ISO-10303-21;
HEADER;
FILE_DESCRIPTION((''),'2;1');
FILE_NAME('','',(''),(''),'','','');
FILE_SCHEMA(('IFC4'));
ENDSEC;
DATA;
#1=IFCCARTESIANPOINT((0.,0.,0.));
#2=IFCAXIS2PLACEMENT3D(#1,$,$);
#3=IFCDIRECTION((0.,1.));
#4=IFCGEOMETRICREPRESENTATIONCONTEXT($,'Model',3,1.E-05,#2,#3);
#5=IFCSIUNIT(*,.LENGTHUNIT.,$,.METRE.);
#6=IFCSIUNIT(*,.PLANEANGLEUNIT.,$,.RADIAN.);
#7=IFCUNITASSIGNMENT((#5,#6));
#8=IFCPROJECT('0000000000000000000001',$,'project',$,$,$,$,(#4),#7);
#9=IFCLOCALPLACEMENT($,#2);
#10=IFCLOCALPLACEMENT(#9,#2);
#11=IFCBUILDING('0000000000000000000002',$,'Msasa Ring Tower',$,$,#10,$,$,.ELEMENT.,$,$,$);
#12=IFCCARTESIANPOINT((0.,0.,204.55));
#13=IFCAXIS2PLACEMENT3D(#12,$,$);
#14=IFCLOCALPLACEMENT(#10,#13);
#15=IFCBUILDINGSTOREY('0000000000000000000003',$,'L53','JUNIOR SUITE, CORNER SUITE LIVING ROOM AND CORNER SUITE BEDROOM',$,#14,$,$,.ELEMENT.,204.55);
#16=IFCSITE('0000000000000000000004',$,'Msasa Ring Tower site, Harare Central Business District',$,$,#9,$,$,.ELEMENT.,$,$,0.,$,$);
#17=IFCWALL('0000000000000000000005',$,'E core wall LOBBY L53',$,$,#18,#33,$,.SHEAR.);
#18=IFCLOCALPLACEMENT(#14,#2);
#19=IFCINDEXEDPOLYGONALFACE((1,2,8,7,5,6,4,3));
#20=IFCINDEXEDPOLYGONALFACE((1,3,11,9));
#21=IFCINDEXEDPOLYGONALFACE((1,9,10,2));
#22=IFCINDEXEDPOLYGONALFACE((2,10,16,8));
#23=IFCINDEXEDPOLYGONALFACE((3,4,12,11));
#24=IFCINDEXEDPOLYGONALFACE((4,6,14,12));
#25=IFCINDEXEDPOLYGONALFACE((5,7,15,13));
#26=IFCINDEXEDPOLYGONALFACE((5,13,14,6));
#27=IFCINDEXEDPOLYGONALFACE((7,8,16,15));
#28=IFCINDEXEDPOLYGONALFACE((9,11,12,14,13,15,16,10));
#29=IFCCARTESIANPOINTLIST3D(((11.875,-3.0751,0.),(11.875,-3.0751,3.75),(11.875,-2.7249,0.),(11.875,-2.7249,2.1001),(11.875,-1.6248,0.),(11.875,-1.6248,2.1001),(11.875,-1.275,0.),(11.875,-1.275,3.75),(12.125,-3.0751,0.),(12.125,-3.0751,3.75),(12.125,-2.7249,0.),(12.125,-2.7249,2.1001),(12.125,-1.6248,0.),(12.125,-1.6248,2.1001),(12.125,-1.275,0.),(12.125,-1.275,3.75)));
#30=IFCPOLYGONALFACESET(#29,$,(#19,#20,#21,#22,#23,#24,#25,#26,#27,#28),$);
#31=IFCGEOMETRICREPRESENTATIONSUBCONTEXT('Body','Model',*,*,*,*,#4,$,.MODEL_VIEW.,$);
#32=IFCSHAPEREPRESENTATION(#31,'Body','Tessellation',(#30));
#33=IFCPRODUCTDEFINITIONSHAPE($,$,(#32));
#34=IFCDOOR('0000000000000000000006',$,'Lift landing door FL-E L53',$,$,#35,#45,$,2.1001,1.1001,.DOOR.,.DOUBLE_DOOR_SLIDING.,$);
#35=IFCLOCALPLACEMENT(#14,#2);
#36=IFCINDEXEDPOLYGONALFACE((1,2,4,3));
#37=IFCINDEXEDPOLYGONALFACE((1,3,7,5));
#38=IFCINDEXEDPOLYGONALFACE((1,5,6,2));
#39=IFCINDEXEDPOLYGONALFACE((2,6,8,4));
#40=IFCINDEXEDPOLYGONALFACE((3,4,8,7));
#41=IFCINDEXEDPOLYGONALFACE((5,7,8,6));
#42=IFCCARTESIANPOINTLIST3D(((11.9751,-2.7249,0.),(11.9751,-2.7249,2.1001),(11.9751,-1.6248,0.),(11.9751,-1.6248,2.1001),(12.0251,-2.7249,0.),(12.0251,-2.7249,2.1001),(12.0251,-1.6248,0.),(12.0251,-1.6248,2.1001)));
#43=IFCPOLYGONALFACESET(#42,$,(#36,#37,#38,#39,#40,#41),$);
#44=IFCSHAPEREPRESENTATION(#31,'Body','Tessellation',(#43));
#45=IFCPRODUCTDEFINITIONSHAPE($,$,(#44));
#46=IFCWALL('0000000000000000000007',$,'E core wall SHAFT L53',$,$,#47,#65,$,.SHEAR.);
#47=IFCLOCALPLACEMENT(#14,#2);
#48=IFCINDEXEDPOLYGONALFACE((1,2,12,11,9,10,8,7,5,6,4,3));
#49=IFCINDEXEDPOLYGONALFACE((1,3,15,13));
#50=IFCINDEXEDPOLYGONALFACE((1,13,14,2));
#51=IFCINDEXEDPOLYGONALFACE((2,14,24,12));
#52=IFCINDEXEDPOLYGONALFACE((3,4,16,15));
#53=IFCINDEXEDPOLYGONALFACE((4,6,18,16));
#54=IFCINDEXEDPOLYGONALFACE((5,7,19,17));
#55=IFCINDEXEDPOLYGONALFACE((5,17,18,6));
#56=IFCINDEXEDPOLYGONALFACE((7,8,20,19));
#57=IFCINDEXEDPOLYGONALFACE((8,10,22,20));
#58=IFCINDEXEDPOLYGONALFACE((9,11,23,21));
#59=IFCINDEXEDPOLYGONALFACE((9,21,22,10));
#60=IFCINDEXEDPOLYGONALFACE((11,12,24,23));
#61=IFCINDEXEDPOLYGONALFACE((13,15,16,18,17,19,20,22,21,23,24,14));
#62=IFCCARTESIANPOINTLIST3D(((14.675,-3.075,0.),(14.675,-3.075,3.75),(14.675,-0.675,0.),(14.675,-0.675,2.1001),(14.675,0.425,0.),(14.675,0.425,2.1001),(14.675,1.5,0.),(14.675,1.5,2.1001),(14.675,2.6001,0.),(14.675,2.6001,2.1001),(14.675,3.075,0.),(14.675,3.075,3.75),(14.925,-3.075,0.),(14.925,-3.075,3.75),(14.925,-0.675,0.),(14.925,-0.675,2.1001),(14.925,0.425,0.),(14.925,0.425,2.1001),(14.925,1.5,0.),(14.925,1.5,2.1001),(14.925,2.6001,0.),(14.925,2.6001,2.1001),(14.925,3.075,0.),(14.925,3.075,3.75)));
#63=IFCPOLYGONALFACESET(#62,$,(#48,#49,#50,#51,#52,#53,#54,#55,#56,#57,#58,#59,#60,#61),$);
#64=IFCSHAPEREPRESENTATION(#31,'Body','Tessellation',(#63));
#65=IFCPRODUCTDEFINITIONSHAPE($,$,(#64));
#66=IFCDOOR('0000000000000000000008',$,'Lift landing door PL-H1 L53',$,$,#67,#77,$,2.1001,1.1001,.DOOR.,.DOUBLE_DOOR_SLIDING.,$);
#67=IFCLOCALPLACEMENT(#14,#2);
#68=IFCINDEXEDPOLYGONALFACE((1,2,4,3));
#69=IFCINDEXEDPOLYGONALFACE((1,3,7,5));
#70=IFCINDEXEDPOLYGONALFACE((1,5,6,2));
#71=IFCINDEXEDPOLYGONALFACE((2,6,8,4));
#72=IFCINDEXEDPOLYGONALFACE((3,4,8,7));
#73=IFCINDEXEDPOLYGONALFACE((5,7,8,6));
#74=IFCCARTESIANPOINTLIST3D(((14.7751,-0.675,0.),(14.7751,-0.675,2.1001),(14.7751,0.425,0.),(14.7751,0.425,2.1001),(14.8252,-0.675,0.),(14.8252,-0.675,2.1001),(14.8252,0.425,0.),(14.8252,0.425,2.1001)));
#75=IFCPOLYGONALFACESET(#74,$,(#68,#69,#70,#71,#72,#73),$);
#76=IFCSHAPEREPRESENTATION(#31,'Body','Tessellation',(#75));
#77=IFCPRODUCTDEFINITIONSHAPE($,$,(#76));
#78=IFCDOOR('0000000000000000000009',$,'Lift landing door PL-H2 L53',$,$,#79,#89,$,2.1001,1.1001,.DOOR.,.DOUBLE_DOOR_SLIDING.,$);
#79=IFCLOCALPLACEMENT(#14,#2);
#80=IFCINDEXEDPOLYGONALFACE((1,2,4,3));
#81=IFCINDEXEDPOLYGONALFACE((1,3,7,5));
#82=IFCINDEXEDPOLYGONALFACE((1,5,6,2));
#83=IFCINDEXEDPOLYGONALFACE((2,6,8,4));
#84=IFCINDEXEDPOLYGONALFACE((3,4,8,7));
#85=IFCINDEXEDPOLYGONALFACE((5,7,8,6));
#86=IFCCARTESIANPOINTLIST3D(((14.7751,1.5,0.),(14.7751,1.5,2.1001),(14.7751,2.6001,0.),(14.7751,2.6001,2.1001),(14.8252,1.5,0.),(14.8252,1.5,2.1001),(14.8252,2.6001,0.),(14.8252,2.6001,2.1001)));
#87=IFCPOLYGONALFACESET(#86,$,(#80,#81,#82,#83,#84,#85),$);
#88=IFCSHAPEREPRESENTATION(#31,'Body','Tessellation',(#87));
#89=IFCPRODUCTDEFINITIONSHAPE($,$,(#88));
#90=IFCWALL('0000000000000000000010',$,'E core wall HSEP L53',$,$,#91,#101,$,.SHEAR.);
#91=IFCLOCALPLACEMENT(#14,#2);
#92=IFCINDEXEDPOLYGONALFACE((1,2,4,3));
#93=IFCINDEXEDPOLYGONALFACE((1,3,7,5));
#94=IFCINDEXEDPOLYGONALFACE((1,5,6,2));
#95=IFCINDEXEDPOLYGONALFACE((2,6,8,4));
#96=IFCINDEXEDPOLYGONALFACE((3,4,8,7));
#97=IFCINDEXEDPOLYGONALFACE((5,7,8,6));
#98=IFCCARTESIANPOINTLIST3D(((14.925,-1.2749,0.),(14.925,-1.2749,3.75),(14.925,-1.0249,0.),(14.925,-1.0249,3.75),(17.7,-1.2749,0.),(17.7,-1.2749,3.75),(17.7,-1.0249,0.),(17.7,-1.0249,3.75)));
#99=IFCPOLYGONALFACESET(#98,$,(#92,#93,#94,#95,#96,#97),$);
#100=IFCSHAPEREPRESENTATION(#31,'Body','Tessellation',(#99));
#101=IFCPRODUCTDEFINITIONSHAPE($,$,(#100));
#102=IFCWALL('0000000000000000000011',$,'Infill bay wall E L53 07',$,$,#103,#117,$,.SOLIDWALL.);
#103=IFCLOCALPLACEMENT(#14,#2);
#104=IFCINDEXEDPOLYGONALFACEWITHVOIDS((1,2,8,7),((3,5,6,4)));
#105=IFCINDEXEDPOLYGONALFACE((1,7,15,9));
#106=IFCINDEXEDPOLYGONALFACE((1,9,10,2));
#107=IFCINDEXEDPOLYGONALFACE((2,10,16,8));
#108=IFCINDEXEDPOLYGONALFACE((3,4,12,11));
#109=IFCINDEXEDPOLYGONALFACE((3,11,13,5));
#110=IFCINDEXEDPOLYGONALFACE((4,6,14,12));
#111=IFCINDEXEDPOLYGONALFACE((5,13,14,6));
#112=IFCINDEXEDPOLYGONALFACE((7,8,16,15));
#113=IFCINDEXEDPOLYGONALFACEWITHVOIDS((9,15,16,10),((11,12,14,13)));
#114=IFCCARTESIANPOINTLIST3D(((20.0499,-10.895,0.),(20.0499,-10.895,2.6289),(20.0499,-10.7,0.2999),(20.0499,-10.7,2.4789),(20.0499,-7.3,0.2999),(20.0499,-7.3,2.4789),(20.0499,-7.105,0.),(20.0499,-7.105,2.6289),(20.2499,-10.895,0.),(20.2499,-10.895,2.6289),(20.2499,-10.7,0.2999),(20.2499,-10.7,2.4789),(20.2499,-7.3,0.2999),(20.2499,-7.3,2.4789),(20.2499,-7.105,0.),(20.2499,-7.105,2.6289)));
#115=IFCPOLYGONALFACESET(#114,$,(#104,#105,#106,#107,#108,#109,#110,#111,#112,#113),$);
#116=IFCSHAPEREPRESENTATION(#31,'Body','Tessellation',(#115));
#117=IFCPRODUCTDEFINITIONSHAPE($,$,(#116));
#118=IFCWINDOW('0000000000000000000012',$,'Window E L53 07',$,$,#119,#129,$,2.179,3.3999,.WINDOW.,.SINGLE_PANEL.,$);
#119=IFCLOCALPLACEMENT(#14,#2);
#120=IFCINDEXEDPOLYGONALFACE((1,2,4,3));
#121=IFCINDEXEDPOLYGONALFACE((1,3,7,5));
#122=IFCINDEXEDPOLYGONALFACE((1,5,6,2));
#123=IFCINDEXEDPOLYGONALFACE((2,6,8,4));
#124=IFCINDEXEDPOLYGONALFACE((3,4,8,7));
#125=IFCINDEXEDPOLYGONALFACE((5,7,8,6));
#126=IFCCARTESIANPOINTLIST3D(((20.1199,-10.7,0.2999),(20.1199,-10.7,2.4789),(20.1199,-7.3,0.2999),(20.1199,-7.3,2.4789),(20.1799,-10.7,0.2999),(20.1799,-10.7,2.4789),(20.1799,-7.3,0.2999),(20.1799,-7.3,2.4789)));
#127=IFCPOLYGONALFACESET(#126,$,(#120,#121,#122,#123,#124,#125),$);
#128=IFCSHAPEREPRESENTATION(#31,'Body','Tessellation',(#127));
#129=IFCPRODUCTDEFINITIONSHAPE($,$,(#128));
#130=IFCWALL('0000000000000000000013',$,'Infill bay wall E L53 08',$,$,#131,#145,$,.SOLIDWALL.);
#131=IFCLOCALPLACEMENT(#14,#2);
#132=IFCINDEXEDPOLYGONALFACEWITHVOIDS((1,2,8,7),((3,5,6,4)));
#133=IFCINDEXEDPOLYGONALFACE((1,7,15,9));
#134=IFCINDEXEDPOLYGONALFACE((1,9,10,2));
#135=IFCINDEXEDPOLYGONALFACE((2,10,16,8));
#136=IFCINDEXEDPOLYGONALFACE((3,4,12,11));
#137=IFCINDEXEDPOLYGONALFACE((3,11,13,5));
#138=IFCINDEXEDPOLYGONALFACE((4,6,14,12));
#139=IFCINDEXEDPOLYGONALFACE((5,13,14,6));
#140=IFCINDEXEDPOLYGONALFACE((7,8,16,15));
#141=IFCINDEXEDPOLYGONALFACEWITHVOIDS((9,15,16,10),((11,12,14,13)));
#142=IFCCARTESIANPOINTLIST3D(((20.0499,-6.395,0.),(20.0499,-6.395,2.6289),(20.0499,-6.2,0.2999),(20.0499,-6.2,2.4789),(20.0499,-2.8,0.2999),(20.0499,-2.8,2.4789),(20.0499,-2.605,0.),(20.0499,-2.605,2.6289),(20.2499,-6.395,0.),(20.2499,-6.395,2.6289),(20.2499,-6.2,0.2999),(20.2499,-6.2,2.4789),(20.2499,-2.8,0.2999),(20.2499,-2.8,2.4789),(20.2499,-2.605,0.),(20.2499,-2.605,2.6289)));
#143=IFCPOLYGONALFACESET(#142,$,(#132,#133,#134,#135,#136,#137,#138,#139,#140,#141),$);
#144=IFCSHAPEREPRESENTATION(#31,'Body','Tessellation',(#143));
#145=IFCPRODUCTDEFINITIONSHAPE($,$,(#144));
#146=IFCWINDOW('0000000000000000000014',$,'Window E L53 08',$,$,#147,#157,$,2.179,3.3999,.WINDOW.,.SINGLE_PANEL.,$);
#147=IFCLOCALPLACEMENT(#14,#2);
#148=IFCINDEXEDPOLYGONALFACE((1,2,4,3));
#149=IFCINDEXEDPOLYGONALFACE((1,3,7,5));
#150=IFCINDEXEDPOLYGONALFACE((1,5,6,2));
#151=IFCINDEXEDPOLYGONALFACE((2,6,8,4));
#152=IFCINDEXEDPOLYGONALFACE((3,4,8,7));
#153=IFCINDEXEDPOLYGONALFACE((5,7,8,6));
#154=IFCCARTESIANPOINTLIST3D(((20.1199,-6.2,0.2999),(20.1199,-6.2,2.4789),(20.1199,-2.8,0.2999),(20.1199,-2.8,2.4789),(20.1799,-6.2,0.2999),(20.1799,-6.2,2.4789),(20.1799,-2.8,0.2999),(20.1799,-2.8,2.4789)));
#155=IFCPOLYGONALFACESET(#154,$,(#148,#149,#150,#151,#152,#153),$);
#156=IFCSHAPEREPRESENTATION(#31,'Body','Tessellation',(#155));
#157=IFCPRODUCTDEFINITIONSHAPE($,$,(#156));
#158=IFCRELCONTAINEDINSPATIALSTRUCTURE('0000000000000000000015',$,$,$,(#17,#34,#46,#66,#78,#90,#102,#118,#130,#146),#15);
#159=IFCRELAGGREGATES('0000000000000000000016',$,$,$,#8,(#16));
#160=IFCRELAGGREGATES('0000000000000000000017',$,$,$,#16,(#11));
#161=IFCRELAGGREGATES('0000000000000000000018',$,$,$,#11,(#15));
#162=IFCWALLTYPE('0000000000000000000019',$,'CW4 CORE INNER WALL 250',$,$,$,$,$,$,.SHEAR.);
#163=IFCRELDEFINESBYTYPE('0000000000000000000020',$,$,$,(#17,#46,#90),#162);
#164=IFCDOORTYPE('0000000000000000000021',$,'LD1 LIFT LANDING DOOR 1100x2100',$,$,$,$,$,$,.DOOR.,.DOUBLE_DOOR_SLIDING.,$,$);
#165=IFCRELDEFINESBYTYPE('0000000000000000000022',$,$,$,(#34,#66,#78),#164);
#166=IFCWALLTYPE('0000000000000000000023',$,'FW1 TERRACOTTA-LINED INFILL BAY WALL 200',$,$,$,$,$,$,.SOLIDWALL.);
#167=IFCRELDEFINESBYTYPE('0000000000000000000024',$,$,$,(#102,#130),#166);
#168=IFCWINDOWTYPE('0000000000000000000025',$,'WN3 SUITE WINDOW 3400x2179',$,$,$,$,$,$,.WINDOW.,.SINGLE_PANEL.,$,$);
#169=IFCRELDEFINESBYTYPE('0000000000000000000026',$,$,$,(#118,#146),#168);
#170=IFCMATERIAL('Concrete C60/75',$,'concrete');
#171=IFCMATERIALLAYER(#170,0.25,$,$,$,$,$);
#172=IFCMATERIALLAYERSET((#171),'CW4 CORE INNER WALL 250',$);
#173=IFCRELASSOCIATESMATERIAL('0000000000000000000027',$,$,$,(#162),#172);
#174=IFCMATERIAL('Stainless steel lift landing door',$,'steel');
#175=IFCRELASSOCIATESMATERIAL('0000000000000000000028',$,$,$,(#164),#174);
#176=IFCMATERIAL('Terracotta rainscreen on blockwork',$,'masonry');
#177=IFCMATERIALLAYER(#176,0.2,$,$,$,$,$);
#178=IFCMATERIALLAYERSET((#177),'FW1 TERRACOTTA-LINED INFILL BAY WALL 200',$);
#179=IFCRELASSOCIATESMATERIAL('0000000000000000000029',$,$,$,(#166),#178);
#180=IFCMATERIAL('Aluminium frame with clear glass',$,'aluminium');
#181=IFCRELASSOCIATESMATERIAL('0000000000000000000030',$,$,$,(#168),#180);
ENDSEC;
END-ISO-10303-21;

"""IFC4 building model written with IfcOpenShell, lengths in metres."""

from ifc_helpers import new_model, si_unit, direction, frame, frame_2d, origin, place, context, subcontext, project, spatial, rectangle, extrude, material, layer, layer_set, type_object, element, fill, save


model = new_model("IFC4")

# Units and contexts
model_context = context("Model", 3, precision=1e-05, world=origin(), true_north=direction((0.0, 1.0)))
body_context = subcontext(model_context, "Body", "Model", "MODEL_VIEW")
ifc_project = project(units=[si_unit("LENGTHUNIT", "METRE"), si_unit("PLANEANGLEUNIT", "RADIAN")], contexts=[model_context])

# Site, building, storey
site_placement = place(None, origin())
site = spatial("IfcSite", under=ifc_project, at=site_placement, Name="Msasa Ring Tower site, Harare Central Business District", CompositionType="ELEMENT", RefElevation=0.0)
building_placement = place(site_placement, origin())
building = spatial("IfcBuilding", under=site, at=building_placement, Name="Msasa Ring Tower", CompositionType="ELEMENT")
storey_placement = place(building_placement, frame((0.0, 0.0, 204.55)))
storey = spatial("IfcBuildingStorey", under=building, at=storey_placement, Name="L53", Description="JUNIOR SUITE, CORNER SUITE LIVING ROOM AND CORNER SUITE BEDROOM", CompositionType="ELEMENT", Elevation=204.55)

# Shared definitions
ifc_material_1 = material(Name="Concrete C60/75", Category="concrete")
ifc_layer_1 = layer(ifc_material_1, 0.25)
ifc_layer_set_1 = layer_set([ifc_layer_1], Name="CW4 CORE INNER WALL 250")
wall_type_1 = type_object("IfcWallType", Name="CW4 CORE INNER WALL 250", PredefinedType="SHEAR", material=ifc_layer_set_1)

# Wall, opening, door
wall_1_placement = place(storey_placement, frame((12.0, -3.075, 0.0), z_axis=(0.0, 0.0, 1.0), x_axis=(0.0, 1.0, 0.0)))
wall_1 = element("IfcWall", 1, at=wall_1_placement, inside=storey, type_object=wall_type_1, Name="E core wall LOBBY L53", PredefinedType="SHEAR", context=body_context, shape_type="SweptSolid", body=[
    extrude(rectangle(XDim=1.8, YDim=0.25, at=frame_2d((0.8999, 0.0))), origin(), (0.0, 0.0, 1.0), 3.75),
])
opening_1_placement = place(wall_1_placement, frame((0.3501, 0.0, 0.0)))
opening_1 = element("IfcOpeningElement", 2, at=opening_1_placement, cuts=wall_1, PredefinedType="OPENING", context=body_context, shape_type="SweptSolid", body=[
    extrude(rectangle(XDim=1.1001, YDim=2.1001, at=frame_2d((0.55, 1.05))), frame((0.0, 0.135, 0.0), z_axis=(0.0, -1.0, 0.0), x_axis=(1.0, 0.0, 0.0)), (0.0, 0.0, 1.0), 0.27),
])
ifc_material_2 = material(Name="Stainless steel lift landing door", Category="steel")
door_type_1 = type_object("IfcDoorType", Name="LD1 LIFT LANDING DOOR 1100x2100", OperationType="DOUBLE_DOOR_SLIDING", PredefinedType="DOOR", material=ifc_material_2)
door_1_placement = place(opening_1_placement, origin())
door_1 = element("IfcDoor", 3, at=door_1_placement, inside=storey, type_object=door_type_1, Name="Lift landing door FL-E L53", OperationType="DOUBLE_DOOR_SLIDING", OverallHeight=2.1001, OverallWidth=1.1001, PredefinedType="DOOR", context=body_context, shape_type="SweptSolid", body=[
    extrude(rectangle(XDim=1.1001, YDim=2.1001, at=frame_2d((0.55, 1.05))), frame((0.0, 0.0249, 0.0), z_axis=(0.0, -1.0, 0.0), x_axis=(1.0, 0.0, 0.0)), (0.0, 0.0, 1.0), 0.05),
])
fill(opening_1, door_1)

# Wall, openings, doors
wall_2_placement = place(storey_placement, frame((14.8, -3.075, 0.0), z_axis=(0.0, 0.0, 1.0), x_axis=(0.0, 1.0, 0.0)))
wall_2 = element("IfcWall", 4, at=wall_2_placement, inside=storey, type_object=wall_type_1, Name="E core wall SHAFT L53", PredefinedType="SHEAR", context=body_context, shape_type="SweptSolid", body=[
    extrude(rectangle(XDim=6.1499, YDim=0.25, at=frame_2d((3.075, 0.0))), origin(), (0.0, 0.0, 1.0), 3.75),
])
opening_2_placement = place(wall_2_placement, frame((2.3999, 0.0, 0.0)))
opening_2 = element("IfcOpeningElement", 5, at=opening_2_placement, cuts=wall_2, PredefinedType="OPENING", context=body_context, shape_type="SweptSolid", body=[
    extrude(rectangle(XDim=1.1001, YDim=2.1001, at=frame_2d((0.55, 1.05))), frame((0.0, 0.135, 0.0), z_axis=(0.0, -1.0, 0.0), x_axis=(1.0, 0.0, 0.0)), (0.0, 0.0, 1.0), 0.27),
])
opening_3_placement = place(wall_2_placement, frame((4.575, 0.0, 0.0)))
opening_3 = element("IfcOpeningElement", 6, at=opening_3_placement, cuts=wall_2, PredefinedType="OPENING", context=body_context, shape_type="SweptSolid", body=[
    extrude(rectangle(XDim=1.1001, YDim=2.1001, at=frame_2d((0.55, 1.05))), frame((0.0, 0.135, 0.0), z_axis=(0.0, -1.0, 0.0), x_axis=(1.0, 0.0, 0.0)), (0.0, 0.0, 1.0), 0.27),
])
door_2_placement = place(opening_2_placement, origin())
door_2 = element("IfcDoor", 7, at=door_2_placement, inside=storey, type_object=door_type_1, Name="Lift landing door PL-H1 L53", OperationType="DOUBLE_DOOR_SLIDING", OverallHeight=2.1001, OverallWidth=1.1001, PredefinedType="DOOR", context=body_context, shape_type="SweptSolid", body=[
    extrude(rectangle(XDim=1.1001, YDim=2.1001, at=frame_2d((0.55, 1.05))), frame((0.0, 0.0249, 0.0), z_axis=(0.0, -1.0, 0.0), x_axis=(1.0, 0.0, 0.0)), (0.0, 0.0, 1.0), 0.05),
])
fill(opening_2, door_2)
door_3_placement = place(opening_3_placement, origin())
door_3 = element("IfcDoor", 8, at=door_3_placement, inside=storey, type_object=door_type_1, Name="Lift landing door PL-H2 L53", OperationType="DOUBLE_DOOR_SLIDING", OverallHeight=2.1001, OverallWidth=1.1001, PredefinedType="DOOR", context=body_context, shape_type="SweptSolid", body=[
    extrude(rectangle(XDim=1.1001, YDim=2.1001, at=frame_2d((0.55, 1.05))), frame((0.0, 0.0249, 0.0), z_axis=(0.0, -1.0, 0.0), x_axis=(1.0, 0.0, 0.0)), (0.0, 0.0, 1.0), 0.05),
])
fill(opening_3, door_3)

# Wall
wall_3_placement = place(storey_placement, frame((14.925, -1.1499, 0.0), z_axis=(0.0, 0.0, 1.0), x_axis=(1.0, 0.0, 0.0)))
element("IfcWall", 9, at=wall_3_placement, inside=storey, type_object=wall_type_1, Name="E core wall HSEP L53", PredefinedType="SHEAR", context=body_context, shape_type="SweptSolid", body=[
    extrude(rectangle(XDim=2.7749, YDim=0.25, at=frame_2d((1.3875, 0.0))), origin(), (0.0, 0.0, 1.0), 3.75),
])

# Walls, openings, windows
ifc_material_3 = material(Name="Terracotta rainscreen on blockwork", Category="masonry")
ifc_layer_2 = layer(ifc_material_3, 0.2)
ifc_layer_set_2 = layer_set([ifc_layer_2], Name="FW1 TERRACOTTA-LINED INFILL BAY WALL 200")
wall_type_2 = type_object("IfcWallType", Name="FW1 TERRACOTTA-LINED INFILL BAY WALL 200", PredefinedType="SOLIDWALL", material=ifc_layer_set_2)
wall_4_placement = place(storey_placement, frame((20.1499, -10.895, 0.0), z_axis=(0.0, 0.0, 1.0), x_axis=(0.0, 1.0, 0.0)))
wall_4 = element("IfcWall", 10, at=wall_4_placement, inside=storey, type_object=wall_type_2, Name="Infill bay wall E L53 07", PredefinedType="SOLIDWALL", context=body_context, shape_type="SweptSolid", body=[
    extrude(rectangle(XDim=3.79, YDim=0.2, at=frame_2d((1.895, 0.0))), origin(), (0.0, 0.0, 1.0), 2.6289),
])
opening_4_placement = place(wall_4_placement, frame((0.1951, 0.0, 0.3)))
opening_4 = element("IfcOpeningElement", 11, at=opening_4_placement, cuts=wall_4, PredefinedType="OPENING", context=body_context, shape_type="SweptSolid", body=[
    extrude(rectangle(XDim=3.3999, YDim=2.179, at=frame_2d((1.7, 1.0894))), frame((0.0, 0.1099, 0.0), z_axis=(0.0, -1.0, 0.0), x_axis=(1.0, 0.0, 0.0)), (0.0, 0.0, 1.0), 0.22),
])
ifc_material_4 = material(Name="Aluminium frame with clear glass", Category="aluminium")
window_type = type_object("IfcWindowType", Name="WN3 SUITE WINDOW 3400x2179", PartitioningType="SINGLE_PANEL", PredefinedType="WINDOW", material=ifc_material_4)
window_1_placement = place(opening_4_placement, origin())
window_1 = element("IfcWindow", 12, at=window_1_placement, inside=storey, type_object=window_type, Name="Window E L53 07", OverallHeight=2.179, OverallWidth=3.3999, PartitioningType="SINGLE_PANEL", PredefinedType="WINDOW", context=body_context, shape_type="SweptSolid", body=[
    extrude(rectangle(XDim=3.3999, YDim=2.179, at=frame_2d((1.7, 1.0894))), frame((0.0, 0.03, 0.0), z_axis=(0.0, -1.0, 0.0), x_axis=(1.0, 0.0, 0.0)), (0.0, 0.0, 1.0), 0.0601),
])
fill(opening_4, window_1)
wall_5_placement = place(storey_placement, frame((20.1499, -6.395, 0.0), z_axis=(0.0, 0.0, 1.0), x_axis=(0.0, 1.0, 0.0)))
wall_5 = element("IfcWall", 13, at=wall_5_placement, inside=storey, type_object=wall_type_2, Name="Infill bay wall E L53 08", PredefinedType="SOLIDWALL", context=body_context, shape_type="SweptSolid", body=[
    extrude(rectangle(XDim=3.79, YDim=0.2, at=frame_2d((1.895, 0.0))), origin(), (0.0, 0.0, 1.0), 2.6289),
])
opening_5_placement = place(wall_5_placement, frame((0.1951, 0.0, 0.3)))
opening_5 = element("IfcOpeningElement", 14, at=opening_5_placement, cuts=wall_5, PredefinedType="OPENING", context=body_context, shape_type="SweptSolid", body=[
    extrude(rectangle(XDim=3.3999, YDim=2.179, at=frame_2d((1.7, 1.0894))), frame((0.0, 0.1099, 0.0), z_axis=(0.0, -1.0, 0.0), x_axis=(1.0, 0.0, 0.0)), (0.0, 0.0, 1.0), 0.22),
])
window_2_placement = place(opening_5_placement, origin())
window_2 = element("IfcWindow", 15, at=window_2_placement, inside=storey, type_object=window_type, Name="Window E L53 08", OverallHeight=2.179, OverallWidth=3.3999, PartitioningType="SINGLE_PANEL", PredefinedType="WINDOW", context=body_context, shape_type="SweptSolid", body=[
    extrude(rectangle(XDim=3.3999, YDim=2.179, at=frame_2d((1.7, 1.0894))), frame((0.0, 0.03, 0.0), z_axis=(0.0, -1.0, 0.0), x_axis=(1.0, 0.0, 0.0)), (0.0, 0.0, 1.0), 0.0601),
])
fill(opening_5, window_2)

save(model, "model.ifc")
